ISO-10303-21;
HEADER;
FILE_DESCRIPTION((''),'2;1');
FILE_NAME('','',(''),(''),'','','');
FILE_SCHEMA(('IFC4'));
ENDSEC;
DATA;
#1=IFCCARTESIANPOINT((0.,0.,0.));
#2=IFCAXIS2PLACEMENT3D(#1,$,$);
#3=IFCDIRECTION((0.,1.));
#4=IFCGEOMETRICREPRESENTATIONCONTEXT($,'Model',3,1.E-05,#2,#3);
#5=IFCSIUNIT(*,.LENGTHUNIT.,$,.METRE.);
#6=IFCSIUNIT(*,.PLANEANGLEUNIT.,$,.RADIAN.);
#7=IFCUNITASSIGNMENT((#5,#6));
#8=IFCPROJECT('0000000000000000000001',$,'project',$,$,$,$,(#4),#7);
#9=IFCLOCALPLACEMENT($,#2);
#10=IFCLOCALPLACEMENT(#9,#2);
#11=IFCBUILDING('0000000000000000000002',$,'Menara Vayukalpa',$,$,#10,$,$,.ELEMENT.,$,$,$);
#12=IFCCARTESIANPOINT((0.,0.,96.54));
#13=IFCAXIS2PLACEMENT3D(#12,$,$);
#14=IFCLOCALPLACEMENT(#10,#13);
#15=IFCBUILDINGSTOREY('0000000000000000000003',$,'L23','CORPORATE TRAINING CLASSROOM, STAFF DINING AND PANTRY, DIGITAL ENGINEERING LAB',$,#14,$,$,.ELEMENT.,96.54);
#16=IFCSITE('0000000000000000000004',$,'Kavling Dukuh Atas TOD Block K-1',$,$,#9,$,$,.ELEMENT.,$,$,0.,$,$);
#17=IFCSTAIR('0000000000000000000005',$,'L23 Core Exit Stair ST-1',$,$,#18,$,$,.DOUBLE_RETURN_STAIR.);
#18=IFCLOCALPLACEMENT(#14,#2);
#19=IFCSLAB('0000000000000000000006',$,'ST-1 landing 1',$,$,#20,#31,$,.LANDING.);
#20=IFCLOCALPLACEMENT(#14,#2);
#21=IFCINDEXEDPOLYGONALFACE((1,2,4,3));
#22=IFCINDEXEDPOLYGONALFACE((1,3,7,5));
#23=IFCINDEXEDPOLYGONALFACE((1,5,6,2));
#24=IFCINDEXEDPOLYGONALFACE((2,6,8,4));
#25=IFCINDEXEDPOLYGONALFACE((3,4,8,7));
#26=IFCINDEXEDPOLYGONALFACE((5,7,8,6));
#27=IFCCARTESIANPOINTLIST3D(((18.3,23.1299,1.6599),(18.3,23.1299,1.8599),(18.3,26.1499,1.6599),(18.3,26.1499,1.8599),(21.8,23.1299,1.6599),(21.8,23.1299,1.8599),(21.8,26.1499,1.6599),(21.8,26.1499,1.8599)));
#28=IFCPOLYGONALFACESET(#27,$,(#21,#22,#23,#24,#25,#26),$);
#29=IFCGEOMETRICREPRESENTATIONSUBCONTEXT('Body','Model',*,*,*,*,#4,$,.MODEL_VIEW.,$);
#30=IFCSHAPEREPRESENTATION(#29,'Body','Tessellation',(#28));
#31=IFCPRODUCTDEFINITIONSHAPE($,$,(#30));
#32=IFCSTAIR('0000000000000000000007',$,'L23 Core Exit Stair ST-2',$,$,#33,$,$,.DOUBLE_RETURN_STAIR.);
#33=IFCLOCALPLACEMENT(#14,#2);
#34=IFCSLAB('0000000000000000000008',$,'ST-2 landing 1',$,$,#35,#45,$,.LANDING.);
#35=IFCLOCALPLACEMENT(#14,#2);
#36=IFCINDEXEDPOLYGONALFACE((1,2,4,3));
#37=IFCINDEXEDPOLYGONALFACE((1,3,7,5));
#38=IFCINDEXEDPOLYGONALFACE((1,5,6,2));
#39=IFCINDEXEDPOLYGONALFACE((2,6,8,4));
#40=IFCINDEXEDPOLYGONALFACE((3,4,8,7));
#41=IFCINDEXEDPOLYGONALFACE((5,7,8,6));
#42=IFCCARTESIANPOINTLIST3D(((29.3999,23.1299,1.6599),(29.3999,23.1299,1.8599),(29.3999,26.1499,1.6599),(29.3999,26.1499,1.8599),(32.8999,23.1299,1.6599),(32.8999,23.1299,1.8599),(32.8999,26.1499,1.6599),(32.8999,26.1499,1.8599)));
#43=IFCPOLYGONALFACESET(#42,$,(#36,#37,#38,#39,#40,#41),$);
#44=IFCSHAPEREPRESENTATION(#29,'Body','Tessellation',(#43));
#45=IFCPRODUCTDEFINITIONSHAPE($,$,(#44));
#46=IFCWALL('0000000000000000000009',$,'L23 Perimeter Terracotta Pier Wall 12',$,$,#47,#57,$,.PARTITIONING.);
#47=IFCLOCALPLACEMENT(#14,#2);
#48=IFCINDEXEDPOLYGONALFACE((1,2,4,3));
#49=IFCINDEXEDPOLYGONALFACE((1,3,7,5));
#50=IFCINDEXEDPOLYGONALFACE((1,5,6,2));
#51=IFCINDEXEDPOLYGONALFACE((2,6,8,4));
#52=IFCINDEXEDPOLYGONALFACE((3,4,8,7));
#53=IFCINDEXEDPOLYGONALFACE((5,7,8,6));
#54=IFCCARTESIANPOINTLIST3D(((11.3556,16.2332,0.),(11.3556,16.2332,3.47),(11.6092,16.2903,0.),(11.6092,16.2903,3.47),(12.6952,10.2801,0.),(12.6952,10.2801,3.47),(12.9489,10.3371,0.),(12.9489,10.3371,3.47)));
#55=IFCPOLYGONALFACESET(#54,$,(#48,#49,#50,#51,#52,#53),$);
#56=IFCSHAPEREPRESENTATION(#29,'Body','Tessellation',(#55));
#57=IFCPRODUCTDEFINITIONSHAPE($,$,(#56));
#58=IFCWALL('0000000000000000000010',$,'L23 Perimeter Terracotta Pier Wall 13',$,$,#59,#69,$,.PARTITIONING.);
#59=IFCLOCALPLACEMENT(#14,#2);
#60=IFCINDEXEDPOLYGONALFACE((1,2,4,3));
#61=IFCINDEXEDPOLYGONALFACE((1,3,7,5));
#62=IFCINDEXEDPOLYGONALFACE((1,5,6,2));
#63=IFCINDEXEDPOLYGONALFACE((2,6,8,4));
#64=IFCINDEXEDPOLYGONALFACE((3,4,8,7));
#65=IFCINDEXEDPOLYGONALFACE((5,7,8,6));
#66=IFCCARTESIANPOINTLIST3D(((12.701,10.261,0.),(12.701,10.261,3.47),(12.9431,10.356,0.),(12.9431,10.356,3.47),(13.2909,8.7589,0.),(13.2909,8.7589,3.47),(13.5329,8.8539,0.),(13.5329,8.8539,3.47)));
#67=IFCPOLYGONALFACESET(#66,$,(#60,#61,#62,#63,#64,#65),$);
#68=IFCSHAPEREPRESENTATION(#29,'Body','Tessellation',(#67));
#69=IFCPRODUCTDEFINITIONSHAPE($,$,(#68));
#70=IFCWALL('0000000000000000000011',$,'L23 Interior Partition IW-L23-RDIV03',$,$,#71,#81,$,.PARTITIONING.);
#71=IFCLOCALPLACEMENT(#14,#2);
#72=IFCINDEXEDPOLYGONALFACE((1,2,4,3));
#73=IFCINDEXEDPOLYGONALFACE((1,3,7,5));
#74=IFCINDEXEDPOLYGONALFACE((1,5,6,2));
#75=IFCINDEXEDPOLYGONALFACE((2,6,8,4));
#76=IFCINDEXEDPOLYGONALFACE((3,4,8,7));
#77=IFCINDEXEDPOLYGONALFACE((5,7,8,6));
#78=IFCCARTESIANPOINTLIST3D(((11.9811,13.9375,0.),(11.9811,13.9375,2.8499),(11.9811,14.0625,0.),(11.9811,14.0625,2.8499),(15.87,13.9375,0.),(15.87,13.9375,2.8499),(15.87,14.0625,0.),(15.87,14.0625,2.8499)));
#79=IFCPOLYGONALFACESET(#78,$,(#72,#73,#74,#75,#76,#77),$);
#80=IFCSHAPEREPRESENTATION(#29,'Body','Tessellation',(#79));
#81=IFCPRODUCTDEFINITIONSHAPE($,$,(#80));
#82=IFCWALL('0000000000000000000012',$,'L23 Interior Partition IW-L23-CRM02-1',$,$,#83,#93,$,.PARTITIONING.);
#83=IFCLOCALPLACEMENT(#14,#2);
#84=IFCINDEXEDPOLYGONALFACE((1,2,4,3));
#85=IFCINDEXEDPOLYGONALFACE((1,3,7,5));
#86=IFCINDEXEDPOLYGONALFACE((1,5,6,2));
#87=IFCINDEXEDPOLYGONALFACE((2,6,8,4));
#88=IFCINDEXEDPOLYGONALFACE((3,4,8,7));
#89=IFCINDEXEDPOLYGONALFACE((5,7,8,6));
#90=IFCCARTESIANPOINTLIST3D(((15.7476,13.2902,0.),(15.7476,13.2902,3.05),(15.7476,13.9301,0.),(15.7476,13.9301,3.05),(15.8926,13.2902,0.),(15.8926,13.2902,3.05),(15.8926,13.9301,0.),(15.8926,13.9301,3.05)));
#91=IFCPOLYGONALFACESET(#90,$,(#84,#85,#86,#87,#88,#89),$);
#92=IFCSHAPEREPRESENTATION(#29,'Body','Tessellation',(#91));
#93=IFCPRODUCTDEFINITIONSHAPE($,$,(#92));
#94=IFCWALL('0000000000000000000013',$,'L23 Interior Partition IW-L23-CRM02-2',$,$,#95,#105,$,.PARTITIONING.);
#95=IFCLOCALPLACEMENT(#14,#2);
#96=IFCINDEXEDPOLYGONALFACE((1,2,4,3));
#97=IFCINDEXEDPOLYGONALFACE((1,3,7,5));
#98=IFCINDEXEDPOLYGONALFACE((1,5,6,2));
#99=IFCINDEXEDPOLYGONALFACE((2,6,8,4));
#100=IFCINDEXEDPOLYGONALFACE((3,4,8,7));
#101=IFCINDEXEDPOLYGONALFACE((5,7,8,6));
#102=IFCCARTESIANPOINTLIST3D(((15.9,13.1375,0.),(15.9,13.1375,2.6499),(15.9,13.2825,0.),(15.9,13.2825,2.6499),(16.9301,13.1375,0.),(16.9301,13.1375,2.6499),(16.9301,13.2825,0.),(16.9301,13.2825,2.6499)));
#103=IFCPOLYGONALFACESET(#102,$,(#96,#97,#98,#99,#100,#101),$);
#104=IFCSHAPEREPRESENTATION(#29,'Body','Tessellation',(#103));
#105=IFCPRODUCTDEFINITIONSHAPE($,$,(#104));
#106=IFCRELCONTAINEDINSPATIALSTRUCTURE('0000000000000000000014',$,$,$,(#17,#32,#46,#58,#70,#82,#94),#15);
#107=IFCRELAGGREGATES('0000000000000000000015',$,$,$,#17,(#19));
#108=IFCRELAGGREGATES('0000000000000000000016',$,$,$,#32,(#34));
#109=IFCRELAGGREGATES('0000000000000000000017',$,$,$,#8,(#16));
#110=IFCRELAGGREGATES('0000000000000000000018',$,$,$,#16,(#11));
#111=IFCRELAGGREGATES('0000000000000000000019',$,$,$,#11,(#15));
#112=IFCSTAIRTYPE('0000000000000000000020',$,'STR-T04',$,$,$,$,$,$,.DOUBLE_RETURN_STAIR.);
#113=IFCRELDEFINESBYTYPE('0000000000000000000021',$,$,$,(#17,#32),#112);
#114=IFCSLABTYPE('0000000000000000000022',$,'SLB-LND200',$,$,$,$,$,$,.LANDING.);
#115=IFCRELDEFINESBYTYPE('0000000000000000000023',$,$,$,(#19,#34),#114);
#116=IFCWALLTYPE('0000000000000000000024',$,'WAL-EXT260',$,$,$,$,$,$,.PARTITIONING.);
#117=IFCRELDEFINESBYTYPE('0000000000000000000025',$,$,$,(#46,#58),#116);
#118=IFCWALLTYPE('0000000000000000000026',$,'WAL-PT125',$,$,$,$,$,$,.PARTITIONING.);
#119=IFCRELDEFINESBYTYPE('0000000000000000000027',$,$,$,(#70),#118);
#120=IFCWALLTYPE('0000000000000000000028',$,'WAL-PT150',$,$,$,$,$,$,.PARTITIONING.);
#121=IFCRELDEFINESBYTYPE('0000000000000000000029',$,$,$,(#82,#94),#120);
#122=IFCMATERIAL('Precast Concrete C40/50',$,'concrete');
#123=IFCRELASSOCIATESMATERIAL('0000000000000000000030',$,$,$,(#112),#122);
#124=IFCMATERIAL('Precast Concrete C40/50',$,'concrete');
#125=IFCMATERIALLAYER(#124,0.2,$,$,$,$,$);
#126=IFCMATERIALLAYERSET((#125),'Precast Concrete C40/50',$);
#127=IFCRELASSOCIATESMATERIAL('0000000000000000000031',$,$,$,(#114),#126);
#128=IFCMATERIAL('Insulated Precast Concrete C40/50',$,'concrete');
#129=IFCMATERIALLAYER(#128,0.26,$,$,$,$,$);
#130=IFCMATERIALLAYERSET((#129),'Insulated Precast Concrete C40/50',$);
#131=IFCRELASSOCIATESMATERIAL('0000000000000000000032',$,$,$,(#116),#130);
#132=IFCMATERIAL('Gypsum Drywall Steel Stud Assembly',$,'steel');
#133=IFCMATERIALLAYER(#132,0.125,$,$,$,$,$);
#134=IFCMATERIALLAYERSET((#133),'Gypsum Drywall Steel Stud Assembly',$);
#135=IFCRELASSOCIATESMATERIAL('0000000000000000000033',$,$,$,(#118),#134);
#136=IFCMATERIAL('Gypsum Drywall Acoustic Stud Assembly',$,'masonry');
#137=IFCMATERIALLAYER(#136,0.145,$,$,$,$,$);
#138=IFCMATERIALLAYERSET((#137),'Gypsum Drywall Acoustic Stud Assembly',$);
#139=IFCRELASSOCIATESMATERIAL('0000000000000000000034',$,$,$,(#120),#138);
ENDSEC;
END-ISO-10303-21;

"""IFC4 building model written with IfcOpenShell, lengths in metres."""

from ifc_helpers import new_model, si_unit, direction, frame, frame_2d, origin, place, context, subcontext, project, spatial, polyline, rectangle, outline, extrude, material, layer, layer_set, type_object, element, aggregate, save


model = new_model("IFC4")

# Units and contexts
model_context = context("Model", 3, precision=1e-05, world=origin(), true_north=direction((0.0, 1.0)))
body_context = subcontext(model_context, "Body", "Model", "MODEL_VIEW")
ifc_project = project(units=[si_unit("LENGTHUNIT", "METRE"), si_unit("PLANEANGLEUNIT", "RADIAN")], contexts=[model_context])

# Site, building, storey
site_placement = place(None, origin())
site = spatial("IfcSite", under=ifc_project, at=site_placement, Name="Kavling Dukuh Atas TOD Block K-1", CompositionType="ELEMENT", RefElevation=0.0)
building_placement = place(site_placement, origin())
building = spatial("IfcBuilding", under=site, at=building_placement, Name="Menara Vayukalpa", CompositionType="ELEMENT")
storey_placement = place(building_placement, frame((0.0, 0.0, 96.54)))
storey = spatial("IfcBuildingStorey", under=building, at=storey_placement, Name="L23", Description="CORPORATE TRAINING CLASSROOM, STAFF DINING AND PANTRY, DIGITAL ENGINEERING LAB", CompositionType="ELEMENT", Elevation=96.54)

# Stairs, slabs
ifc_material_1 = material(Name="Precast Concrete C40/50", Category="concrete")
stair_type = type_object("IfcStairType", Name="STR-T04", PredefinedType="DOUBLE_RETURN_STAIR", material=ifc_material_1)
stair_1_placement = place(storey_placement, origin())
stair_1 = element("IfcStair", 1, at=stair_1_placement, inside=storey, type_object=stair_type, Name="L23 Core Exit Stair ST-1", PredefinedType="DOUBLE_RETURN_STAIR")
ifc_material_2 = material(Name="Precast Concrete C40/50", Category="concrete")
ifc_layer_1 = layer(ifc_material_2, 0.2)
ifc_layer_set_1 = layer_set([ifc_layer_1], Name="Precast Concrete C40/50")
slab_type_1 = type_object("IfcSlabType", Name="SLB-LND200", PredefinedType="LANDING", material=ifc_layer_set_1)
slab_1_placement = place(storey_placement, frame((0.0, 0.0, 1.6599)))
slab_1 = element("IfcSlab", 2, at=slab_1_placement, type_object=slab_type_1, Name="ST-1 landing 1", PredefinedType="LANDING", context=body_context, shape_type="SweptSolid", body=[
    extrude(outline(polyline([(21.8, 23.1299), (21.8, 26.1499), (18.3, 26.1499), (18.3, 23.1299), (21.8, 23.1299)])), origin(), (0.0, 0.0, 1.0), 0.2),
])
aggregate(stair_1, [slab_1])
stair_2_placement = place(storey_placement, origin())
stair_2 = element("IfcStair", 3, at=stair_2_placement, inside=storey, type_object=stair_type, Name="L23 Core Exit Stair ST-2", PredefinedType="DOUBLE_RETURN_STAIR")
slab_2_placement = place(storey_placement, frame((0.0, 0.0, 1.6599)))
slab_2 = element("IfcSlab", 4, at=slab_2_placement, type_object=slab_type_1, Name="ST-2 landing 1", PredefinedType="LANDING", context=body_context, shape_type="SweptSolid", body=[
    extrude(outline(polyline([(32.8999, 23.1299), (32.8999, 26.1499), (29.3999, 26.1499), (29.3999, 23.1299), (32.8999, 23.1299)])), origin(), (0.0, 0.0, 1.0), 0.2),
])
aggregate(stair_2, [slab_2])

# Walls
ifc_material_3 = material(Name="Insulated Precast Concrete C40/50", Category="concrete")
ifc_layer_2 = layer(ifc_material_3, 0.26)
ifc_layer_set_2 = layer_set([ifc_layer_2], Name="Insulated Precast Concrete C40/50")
wall_type_1 = type_object("IfcWallType", Name="WAL-EXT260", PredefinedType="PARTITIONING", material=ifc_layer_set_2)
wall_1_placement = place(storey_placement, frame((12.822, 10.3086, 0.0), z_axis=(0.0, 0.0, 1.0), x_axis=(-0.219535, 0.975605, 0.0)))
element("IfcWall", 5, at=wall_1_placement, inside=storey, type_object=wall_type_1, Name="L23 Perimeter Terracotta Pier Wall 12", PredefinedType="PARTITIONING", context=body_context, shape_type="SweptSolid", body=[
    extrude(rectangle(XDim=6.1021, YDim=0.26, at=frame_2d((3.051, 0.0))), origin(), (0.0, 0.0, 1.0), 3.47),
])
wall_2_placement = place(storey_placement, frame((13.4119, 8.8064, 0.0), z_axis=(0.0, 0.0, 1.0), x_axis=(-0.365489, 0.930816, 0.0)))
element("IfcWall", 6, at=wall_2_placement, inside=storey, type_object=wall_type_1, Name="L23 Perimeter Terracotta Pier Wall 13", PredefinedType="PARTITIONING", context=body_context, shape_type="SweptSolid", body=[
    extrude(rectangle(XDim=1.6138, YDim=0.26, at=frame_2d((0.8069, 0.0))), origin(), (0.0, 0.0, 1.0), 3.47),
])
ifc_material_4 = material(Name="Gypsum Drywall Steel Stud Assembly", Category="steel")
ifc_layer_3 = layer(ifc_material_4, 0.125)
ifc_layer_set_3 = layer_set([ifc_layer_3], Name="Gypsum Drywall Steel Stud Assembly")
wall_type_2 = type_object("IfcWallType", Name="WAL-PT125", PredefinedType="PARTITIONING", material=ifc_layer_set_3)
wall_3_placement = place(storey_placement, frame((11.9812, 14.0, 0.0), z_axis=(0.0, 0.0, 1.0), x_axis=(1.0, 0.0, 0.0)))
element("IfcWall", 7, at=wall_3_placement, inside=storey, type_object=wall_type_2, Name="L23 Interior Partition IW-L23-RDIV03", PredefinedType="PARTITIONING", context=body_context, shape_type="SweptSolid", body=[
    extrude(rectangle(XDim=3.8889, YDim=0.125, at=frame_2d((1.9443, 0.0))), origin(), (0.0, 0.0, 1.0), 2.8499),
])
ifc_material_5 = material(Name="Gypsum Drywall Acoustic Stud Assembly", Category="masonry")
ifc_layer_4 = layer(ifc_material_5, 0.145)
ifc_layer_set_4 = layer_set([ifc_layer_4], Name="Gypsum Drywall Acoustic Stud Assembly")
wall_type_3 = type_object("IfcWallType", Name="WAL-PT150", PredefinedType="PARTITIONING", material=ifc_layer_set_4)
wall_4_placement = place(storey_placement, frame((15.8201, 13.9299, 0.0), z_axis=(0.0, 0.0, 1.0), x_axis=(0.0, -1.0, 0.0)))
element("IfcWall", 8, at=wall_4_placement, inside=storey, type_object=wall_type_3, Name="L23 Interior Partition IW-L23-CRM02-1", PredefinedType="PARTITIONING", context=body_context, shape_type="SweptSolid", body=[
    extrude(rectangle(XDim=0.6399, YDim=0.145, at=frame_2d((0.3198, 0.0))), origin(), (0.0, 0.0, 1.0), 3.05),
])
wall_5_placement = place(storey_placement, frame((15.8999, 13.21, 0.0), z_axis=(0.0, 0.0, 1.0), x_axis=(1.0, 0.0, 0.0)))
element("IfcWall", 9, at=wall_5_placement, inside=storey, type_object=wall_type_3, Name="L23 Interior Partition IW-L23-CRM02-2", PredefinedType="PARTITIONING", context=body_context, shape_type="SweptSolid", body=[
    extrude(rectangle(XDim=1.03, YDim=0.145, at=frame_2d((0.5151, 0.0))), origin(), (0.0, 0.0, 1.0), 2.6499),
])

save(model, "model.ifc")
